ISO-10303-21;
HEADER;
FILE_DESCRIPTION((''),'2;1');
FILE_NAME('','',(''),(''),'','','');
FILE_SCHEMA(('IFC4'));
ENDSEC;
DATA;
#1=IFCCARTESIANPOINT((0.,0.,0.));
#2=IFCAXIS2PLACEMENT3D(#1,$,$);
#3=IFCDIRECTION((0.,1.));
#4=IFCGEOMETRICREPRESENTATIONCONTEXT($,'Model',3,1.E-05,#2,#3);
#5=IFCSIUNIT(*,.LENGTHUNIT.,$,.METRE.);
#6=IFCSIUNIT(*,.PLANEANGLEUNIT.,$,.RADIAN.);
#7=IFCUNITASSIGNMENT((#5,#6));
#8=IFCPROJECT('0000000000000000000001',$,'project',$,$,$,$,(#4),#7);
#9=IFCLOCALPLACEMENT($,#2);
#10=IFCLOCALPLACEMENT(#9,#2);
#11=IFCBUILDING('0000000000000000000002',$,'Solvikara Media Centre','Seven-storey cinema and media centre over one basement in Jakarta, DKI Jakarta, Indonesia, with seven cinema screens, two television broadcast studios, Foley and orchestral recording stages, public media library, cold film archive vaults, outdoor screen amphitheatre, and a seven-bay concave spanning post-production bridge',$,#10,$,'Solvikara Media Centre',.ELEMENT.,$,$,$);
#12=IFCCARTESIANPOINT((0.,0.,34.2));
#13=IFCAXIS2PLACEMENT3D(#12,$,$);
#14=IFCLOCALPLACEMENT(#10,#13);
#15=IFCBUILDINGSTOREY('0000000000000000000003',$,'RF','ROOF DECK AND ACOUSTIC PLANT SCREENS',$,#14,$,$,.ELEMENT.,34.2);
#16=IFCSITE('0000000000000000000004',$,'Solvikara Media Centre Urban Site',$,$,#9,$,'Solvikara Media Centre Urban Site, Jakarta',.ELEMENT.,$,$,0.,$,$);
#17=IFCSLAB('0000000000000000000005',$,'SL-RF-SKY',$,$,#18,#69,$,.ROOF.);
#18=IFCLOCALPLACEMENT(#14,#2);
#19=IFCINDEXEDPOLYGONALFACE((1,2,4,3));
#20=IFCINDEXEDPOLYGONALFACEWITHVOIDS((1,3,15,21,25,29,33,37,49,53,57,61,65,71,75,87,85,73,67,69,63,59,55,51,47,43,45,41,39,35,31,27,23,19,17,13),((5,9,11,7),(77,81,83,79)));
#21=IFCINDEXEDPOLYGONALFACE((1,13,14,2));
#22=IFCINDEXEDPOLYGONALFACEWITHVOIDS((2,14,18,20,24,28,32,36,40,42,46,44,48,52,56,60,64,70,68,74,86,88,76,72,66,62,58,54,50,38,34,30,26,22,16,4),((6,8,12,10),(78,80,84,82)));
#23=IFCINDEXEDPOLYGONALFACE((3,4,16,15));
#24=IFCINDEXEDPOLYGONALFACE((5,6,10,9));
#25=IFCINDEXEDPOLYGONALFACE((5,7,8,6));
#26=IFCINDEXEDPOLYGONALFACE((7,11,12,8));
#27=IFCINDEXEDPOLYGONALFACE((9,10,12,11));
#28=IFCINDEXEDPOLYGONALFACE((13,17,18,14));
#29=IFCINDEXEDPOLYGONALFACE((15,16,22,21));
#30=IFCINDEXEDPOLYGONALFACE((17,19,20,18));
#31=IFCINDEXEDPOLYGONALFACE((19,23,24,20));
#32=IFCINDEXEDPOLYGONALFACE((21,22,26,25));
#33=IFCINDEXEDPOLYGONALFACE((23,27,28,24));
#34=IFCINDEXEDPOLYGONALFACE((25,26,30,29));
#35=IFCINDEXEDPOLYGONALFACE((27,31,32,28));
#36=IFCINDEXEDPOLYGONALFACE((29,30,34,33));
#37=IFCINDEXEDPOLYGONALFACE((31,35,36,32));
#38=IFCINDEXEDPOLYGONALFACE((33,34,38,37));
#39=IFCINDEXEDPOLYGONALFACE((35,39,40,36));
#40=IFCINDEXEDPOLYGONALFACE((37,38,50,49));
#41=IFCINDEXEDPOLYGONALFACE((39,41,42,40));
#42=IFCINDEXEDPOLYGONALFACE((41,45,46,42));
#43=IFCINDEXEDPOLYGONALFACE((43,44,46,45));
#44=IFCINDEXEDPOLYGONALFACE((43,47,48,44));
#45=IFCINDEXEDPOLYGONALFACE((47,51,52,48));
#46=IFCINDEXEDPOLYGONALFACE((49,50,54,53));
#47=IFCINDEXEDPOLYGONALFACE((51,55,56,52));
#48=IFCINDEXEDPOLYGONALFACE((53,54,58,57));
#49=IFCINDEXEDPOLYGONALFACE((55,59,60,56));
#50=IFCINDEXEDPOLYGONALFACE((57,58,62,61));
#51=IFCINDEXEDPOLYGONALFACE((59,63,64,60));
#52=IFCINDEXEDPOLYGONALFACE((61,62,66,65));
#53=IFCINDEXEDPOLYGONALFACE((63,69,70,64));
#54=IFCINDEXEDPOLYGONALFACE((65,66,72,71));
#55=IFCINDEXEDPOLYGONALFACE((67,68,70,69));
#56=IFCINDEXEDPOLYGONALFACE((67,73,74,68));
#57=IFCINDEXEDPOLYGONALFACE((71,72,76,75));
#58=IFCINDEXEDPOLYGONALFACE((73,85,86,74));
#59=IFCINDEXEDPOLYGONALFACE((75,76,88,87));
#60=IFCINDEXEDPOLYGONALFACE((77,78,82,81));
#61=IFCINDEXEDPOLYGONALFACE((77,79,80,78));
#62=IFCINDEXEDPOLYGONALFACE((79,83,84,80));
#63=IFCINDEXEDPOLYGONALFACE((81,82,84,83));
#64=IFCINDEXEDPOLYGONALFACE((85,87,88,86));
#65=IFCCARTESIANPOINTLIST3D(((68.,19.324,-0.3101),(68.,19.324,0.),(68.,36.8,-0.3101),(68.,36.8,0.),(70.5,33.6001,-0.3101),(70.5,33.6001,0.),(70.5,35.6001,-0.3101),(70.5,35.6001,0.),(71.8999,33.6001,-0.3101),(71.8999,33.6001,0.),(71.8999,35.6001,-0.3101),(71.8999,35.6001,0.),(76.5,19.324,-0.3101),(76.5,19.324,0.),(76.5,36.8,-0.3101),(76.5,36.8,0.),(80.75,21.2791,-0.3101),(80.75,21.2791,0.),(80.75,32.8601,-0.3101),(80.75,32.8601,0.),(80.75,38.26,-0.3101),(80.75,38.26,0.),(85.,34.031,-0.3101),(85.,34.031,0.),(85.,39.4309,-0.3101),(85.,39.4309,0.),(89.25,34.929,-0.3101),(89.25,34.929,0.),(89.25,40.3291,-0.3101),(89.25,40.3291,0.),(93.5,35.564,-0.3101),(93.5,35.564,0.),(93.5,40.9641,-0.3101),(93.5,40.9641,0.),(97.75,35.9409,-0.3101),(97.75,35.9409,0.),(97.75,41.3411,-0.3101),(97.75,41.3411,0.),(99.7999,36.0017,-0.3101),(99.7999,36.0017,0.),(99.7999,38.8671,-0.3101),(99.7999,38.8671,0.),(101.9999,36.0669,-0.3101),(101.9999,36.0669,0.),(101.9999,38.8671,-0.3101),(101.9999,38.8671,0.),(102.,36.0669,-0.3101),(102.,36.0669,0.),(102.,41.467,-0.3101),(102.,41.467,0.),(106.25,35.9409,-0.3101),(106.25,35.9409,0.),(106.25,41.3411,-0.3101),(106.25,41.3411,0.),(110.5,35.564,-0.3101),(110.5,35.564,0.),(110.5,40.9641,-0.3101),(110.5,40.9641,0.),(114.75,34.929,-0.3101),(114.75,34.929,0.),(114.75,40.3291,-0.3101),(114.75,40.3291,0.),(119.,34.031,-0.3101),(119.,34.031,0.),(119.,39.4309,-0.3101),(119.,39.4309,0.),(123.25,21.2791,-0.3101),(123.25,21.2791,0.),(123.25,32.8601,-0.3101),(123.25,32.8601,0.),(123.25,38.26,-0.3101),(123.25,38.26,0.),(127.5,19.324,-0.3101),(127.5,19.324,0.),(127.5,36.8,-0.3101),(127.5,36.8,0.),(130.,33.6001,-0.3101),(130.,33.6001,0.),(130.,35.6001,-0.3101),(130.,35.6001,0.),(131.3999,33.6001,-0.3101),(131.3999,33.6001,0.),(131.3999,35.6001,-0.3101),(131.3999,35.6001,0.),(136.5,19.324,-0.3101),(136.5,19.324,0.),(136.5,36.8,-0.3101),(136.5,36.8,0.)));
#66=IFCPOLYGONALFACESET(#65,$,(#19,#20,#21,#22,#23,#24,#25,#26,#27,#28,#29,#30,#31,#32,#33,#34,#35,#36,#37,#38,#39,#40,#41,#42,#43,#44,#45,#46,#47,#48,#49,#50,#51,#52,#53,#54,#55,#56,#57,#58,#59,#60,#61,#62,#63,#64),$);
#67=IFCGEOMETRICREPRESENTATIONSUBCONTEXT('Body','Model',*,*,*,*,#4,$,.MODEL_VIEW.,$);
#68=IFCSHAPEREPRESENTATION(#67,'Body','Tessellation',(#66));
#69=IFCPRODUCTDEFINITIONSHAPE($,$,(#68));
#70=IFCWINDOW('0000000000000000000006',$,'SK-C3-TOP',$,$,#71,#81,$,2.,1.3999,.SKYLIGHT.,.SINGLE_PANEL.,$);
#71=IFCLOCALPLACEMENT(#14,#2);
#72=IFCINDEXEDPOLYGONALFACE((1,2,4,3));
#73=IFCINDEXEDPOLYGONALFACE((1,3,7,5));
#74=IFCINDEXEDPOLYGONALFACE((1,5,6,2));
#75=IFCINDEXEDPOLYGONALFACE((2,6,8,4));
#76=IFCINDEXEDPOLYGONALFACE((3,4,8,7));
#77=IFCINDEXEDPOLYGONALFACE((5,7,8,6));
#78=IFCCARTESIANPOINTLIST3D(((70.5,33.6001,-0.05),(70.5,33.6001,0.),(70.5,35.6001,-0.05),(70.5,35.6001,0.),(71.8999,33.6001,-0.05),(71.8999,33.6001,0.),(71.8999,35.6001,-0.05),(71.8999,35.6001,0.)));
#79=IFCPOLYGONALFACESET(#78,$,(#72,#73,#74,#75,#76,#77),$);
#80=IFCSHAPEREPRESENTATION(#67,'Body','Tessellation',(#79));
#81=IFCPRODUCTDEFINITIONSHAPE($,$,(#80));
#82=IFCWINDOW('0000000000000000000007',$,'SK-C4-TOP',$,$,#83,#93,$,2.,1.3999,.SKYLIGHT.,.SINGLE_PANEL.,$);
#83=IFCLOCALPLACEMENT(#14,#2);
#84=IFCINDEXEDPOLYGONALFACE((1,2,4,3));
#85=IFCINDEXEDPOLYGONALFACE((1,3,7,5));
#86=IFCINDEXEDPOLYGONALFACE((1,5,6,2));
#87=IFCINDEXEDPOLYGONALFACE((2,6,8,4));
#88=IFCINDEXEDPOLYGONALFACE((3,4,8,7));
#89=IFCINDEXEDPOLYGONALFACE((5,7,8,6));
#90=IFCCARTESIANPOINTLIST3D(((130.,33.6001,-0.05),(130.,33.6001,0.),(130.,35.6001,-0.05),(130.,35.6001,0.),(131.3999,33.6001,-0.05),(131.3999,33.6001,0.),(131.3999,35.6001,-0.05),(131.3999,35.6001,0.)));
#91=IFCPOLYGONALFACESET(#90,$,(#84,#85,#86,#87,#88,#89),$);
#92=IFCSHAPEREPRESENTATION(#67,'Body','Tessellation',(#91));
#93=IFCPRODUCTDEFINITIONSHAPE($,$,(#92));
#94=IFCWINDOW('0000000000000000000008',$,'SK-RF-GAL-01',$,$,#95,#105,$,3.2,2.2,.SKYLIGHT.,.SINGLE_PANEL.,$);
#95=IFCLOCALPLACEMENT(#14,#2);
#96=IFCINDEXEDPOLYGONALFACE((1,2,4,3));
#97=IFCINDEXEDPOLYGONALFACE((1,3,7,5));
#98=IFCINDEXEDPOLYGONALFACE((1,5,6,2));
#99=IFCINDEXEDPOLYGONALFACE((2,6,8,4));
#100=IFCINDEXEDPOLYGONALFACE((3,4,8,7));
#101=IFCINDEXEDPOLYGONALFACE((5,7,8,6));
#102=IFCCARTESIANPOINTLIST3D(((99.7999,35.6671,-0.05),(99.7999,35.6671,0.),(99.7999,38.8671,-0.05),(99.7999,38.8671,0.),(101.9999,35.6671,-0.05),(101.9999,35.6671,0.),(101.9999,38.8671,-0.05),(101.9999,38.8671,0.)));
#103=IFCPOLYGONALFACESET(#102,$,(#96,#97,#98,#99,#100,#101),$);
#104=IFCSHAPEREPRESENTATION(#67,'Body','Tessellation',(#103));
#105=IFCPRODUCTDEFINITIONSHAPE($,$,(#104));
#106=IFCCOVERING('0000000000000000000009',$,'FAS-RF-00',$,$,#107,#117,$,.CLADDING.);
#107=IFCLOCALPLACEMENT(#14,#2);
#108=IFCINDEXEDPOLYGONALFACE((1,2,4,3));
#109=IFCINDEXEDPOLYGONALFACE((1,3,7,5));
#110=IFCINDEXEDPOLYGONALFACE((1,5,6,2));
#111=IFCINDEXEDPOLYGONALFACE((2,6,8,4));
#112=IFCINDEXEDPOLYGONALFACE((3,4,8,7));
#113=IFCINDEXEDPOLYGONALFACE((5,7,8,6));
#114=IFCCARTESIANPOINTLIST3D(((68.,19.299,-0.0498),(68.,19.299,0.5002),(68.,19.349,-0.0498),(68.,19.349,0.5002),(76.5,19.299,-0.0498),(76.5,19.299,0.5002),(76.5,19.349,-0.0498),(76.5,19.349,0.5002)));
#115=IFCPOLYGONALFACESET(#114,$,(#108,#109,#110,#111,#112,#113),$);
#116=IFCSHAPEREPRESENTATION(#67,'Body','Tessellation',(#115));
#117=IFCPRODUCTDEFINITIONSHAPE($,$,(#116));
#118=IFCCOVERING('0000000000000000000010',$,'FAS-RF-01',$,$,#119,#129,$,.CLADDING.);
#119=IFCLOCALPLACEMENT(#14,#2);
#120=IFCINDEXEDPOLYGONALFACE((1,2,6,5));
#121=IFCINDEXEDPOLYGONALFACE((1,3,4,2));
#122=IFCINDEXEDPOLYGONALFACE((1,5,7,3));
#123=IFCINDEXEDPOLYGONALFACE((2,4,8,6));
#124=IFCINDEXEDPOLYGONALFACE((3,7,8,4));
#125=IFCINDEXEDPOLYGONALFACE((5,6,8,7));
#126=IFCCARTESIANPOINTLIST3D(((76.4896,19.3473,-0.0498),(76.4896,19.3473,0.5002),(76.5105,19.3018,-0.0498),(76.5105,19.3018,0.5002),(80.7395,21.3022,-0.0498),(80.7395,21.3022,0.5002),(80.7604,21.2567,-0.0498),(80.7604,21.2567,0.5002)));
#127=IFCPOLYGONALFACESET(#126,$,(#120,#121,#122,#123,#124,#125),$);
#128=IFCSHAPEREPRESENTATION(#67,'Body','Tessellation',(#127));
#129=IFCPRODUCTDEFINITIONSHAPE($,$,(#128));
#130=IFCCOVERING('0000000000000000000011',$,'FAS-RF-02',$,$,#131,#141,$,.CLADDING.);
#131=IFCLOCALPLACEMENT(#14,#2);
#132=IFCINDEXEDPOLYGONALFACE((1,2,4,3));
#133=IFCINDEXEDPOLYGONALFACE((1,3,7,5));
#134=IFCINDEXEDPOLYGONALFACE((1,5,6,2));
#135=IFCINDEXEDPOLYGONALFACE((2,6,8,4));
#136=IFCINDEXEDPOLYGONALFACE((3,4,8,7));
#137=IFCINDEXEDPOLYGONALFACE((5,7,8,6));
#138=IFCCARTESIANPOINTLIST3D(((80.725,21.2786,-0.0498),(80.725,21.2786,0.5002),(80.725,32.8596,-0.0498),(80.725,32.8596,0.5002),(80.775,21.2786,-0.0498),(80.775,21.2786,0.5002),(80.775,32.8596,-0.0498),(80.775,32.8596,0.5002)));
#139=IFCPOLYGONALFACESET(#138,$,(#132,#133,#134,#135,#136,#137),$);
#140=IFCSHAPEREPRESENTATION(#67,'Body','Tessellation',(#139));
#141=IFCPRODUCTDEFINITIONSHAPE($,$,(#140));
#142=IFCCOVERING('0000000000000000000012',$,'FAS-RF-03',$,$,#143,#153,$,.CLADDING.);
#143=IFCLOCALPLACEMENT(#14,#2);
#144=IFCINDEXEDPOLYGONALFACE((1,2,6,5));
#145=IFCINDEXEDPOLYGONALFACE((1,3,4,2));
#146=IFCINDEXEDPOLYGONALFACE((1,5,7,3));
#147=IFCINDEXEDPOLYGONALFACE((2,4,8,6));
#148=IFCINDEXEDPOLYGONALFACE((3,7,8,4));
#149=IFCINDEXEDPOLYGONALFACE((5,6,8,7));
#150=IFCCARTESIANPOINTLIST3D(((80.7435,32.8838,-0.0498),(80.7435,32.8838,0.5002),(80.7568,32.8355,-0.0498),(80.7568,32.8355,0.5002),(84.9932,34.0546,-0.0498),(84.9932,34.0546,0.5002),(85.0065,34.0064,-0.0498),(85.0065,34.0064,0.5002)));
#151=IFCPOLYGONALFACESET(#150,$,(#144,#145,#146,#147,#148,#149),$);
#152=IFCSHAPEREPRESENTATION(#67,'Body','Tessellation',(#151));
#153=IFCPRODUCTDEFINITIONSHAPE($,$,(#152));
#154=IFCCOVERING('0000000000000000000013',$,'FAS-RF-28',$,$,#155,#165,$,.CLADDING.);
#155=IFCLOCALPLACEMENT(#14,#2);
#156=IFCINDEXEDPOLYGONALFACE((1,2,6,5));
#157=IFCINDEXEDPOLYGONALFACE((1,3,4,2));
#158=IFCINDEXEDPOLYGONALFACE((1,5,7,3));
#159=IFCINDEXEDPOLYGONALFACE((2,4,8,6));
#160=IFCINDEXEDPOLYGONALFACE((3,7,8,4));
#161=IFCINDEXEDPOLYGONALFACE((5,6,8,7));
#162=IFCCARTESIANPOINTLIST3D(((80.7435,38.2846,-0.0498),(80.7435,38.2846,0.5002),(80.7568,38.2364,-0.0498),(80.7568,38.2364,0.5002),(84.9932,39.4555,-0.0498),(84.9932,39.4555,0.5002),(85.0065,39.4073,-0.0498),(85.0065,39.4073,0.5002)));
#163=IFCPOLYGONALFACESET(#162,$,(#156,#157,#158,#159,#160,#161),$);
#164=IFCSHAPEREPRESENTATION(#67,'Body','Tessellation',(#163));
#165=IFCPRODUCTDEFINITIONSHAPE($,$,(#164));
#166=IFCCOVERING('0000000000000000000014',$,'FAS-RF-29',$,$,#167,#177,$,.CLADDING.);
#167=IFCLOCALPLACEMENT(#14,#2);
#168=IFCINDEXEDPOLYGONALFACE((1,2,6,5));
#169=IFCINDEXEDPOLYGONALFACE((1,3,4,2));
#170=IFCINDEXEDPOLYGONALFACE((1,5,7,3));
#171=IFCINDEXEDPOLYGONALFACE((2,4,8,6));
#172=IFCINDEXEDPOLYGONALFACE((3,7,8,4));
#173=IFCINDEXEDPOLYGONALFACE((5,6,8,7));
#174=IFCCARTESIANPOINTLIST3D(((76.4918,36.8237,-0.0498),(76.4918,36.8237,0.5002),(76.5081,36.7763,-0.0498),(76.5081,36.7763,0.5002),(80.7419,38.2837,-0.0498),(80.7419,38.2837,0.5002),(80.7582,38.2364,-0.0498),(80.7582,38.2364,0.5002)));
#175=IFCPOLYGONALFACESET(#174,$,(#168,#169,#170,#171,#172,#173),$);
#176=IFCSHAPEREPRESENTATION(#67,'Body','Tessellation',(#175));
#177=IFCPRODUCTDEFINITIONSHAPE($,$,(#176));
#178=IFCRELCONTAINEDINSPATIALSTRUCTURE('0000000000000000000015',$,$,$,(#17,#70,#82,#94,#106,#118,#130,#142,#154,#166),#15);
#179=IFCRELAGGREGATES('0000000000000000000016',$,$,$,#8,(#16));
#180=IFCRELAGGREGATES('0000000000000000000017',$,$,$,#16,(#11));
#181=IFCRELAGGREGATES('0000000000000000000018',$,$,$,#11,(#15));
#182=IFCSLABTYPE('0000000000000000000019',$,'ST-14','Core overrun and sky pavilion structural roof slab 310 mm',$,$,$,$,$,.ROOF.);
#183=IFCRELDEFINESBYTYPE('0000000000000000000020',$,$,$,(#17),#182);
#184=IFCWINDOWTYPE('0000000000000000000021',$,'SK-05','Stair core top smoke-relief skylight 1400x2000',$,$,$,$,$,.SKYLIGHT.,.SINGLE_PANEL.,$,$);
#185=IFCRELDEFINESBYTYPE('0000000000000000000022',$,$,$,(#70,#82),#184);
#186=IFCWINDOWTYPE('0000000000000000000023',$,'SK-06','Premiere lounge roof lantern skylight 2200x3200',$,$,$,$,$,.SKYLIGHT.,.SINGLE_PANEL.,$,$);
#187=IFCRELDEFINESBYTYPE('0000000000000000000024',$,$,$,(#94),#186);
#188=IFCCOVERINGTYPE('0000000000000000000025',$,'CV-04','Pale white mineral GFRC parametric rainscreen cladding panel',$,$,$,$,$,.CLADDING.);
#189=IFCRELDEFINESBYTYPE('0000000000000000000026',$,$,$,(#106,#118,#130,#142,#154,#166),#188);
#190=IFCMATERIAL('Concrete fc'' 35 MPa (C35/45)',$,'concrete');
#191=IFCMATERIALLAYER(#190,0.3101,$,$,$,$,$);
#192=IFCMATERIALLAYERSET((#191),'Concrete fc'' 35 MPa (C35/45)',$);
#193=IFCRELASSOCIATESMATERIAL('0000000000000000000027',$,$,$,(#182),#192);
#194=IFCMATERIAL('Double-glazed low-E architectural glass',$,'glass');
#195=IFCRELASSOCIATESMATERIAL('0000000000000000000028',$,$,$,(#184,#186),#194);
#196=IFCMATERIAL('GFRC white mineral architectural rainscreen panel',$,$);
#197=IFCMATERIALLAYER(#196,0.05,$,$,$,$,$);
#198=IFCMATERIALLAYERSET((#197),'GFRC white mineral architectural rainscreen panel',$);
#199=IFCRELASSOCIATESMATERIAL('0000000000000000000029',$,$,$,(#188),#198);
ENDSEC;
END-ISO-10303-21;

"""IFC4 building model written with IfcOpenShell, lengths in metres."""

from ifc_helpers import new_model, si_unit, direction, frame, origin, origin_2d, place, context, subcontext, project, spatial, polyline, rectangle, outline, extrude, material, layer, layer_set, type_object, element, fill, save


model = new_model("IFC4")

# Units and contexts
model_context = context("Model", 3, precision=1e-05, world=origin(), true_north=direction((0.0, 1.0)))
body_context = subcontext(model_context, "Body", "Model", "MODEL_VIEW")
ifc_project = project(units=[si_unit("LENGTHUNIT", "METRE"), si_unit("PLANEANGLEUNIT", "RADIAN")], contexts=[model_context])

# Site, building, storey
site_placement = place(None, origin())
site = spatial("IfcSite", under=ifc_project, at=site_placement, Name="Solvikara Media Centre Urban Site", LongName="Solvikara Media Centre Urban Site, Jakarta", CompositionType="ELEMENT", RefElevation=0.0)
building_placement = place(site_placement, origin())
building = spatial("IfcBuilding", under=site, at=building_placement, Name="Solvikara Media Centre", Description="Seven-storey cinema and media centre over one basement in Jakarta, DKI Jakarta, Indonesia, with seven cinema screens, two television broadcast studios, Foley and orchestral recording stages, public media library, cold film archive vaults, outdoor screen amphitheatre, and a seven-bay concave spanning post-production bridge", LongName="Solvikara Media Centre", CompositionType="ELEMENT")
storey_placement = place(building_placement, frame((0.0, 0.0, 34.2)))
storey = spatial("IfcBuildingStorey", under=building, at=storey_placement, Name="RF", Description="ROOF DECK AND ACOUSTIC PLANT SCREENS", CompositionType="ELEMENT", Elevation=34.2)

# Shared definitions
ifc_material_1 = material(Name="Concrete fc' 35 MPa (C35/45)", Category="concrete")

# Slab, openings, windows
ifc_layer_1 = layer(ifc_material_1, 0.3101)
ifc_layer_set_1 = layer_set([ifc_layer_1], Name="Concrete fc' 35 MPa (C35/45)")
slab_type = type_object("IfcSlabType", Name="ST-14", Description="Core overrun and sky pavilion structural roof slab 310 mm", PredefinedType="ROOF", material=ifc_layer_set_1)
slab_placement = place(storey_placement, frame((0.0, 0.0, -0.3101)))
slab = element("IfcSlab", 1, at=slab_placement, inside=storey, type_object=slab_type, Name="SL-RF-SKY", PredefinedType="ROOF", context=body_context, shape_type="SweptSolid", body=[
    extrude(outline(polyline([(68.0, 19.324), (76.5, 19.324), (80.75, 21.2791), (80.75, 32.8601), (85.0, 34.031), (89.25, 34.929), (93.5, 35.564), (97.75, 35.9409), (102.0, 36.0669), (106.25, 35.9409), (110.5, 35.564), (114.75, 34.929), (119.0, 34.031), (123.25, 32.8601), (123.25, 21.2791), (127.5, 19.324), (136.5, 19.324), (136.5, 36.8), (127.5, 36.8), (123.25, 38.26), (119.0, 39.4309), (114.75, 40.3291), (110.5, 40.9641), (106.25, 41.3411), (102.0, 41.467), (97.75, 41.3411), (93.5, 40.9641), (89.25, 40.3291), (85.0, 39.4309), (80.75, 38.26), (76.5, 36.8), (68.0, 36.8), (68.0, 19.324)])), origin(), (0.0, 0.0, 1.0), 0.3101),
])
opening_1_placement = place(slab_placement, frame((71.2, 34.6001, -0.012)))
opening_1 = element("IfcOpeningElement", 2, at=opening_1_placement, cuts=slab, PredefinedType="OPENING", context=body_context, shape_type="SweptSolid", body=[
    extrude(rectangle(XDim=1.3999, YDim=2.0, at=origin_2d()), origin(), (0.0, 0.0, 1.0), 0.334),
])
opening_2_placement = place(slab_placement, frame((130.7, 34.6001, -0.012)))
opening_2 = element("IfcOpeningElement", 3, at=opening_2_placement, cuts=slab, PredefinedType="OPENING", context=body_context, shape_type="SweptSolid", body=[
    extrude(rectangle(XDim=1.3999, YDim=2.0, at=origin_2d()), origin(), (0.0, 0.0, 1.0), 0.334),
])
opening_3_placement = place(slab_placement, frame((100.8999, 37.2671, -0.012)))
opening_3 = element("IfcOpeningElement", 4, at=opening_3_placement, cuts=slab, PredefinedType="OPENING", context=body_context, shape_type="SweptSolid", body=[
    extrude(rectangle(XDim=2.2, YDim=3.2, at=origin_2d()), origin(), (0.0, 0.0, 1.0), 0.334),
])
ifc_material_2 = material(Name="Double-glazed low-E architectural glass", Category="glass")
window_type_1 = type_object("IfcWindowType", Name="SK-05", Description="Stair core top smoke-relief skylight 1400x2000", PartitioningType="SINGLE_PANEL", PredefinedType="SKYLIGHT", material=ifc_material_2)
window_1_placement = place(opening_1_placement, frame((0.0, 0.0, 0.272)))
window_1 = element("IfcWindow", 5, at=window_1_placement, inside=storey, type_object=window_type_1, Name="SK-C3-TOP", OverallHeight=2.0, OverallWidth=1.3999, PartitioningType="SINGLE_PANEL", PredefinedType="SKYLIGHT", context=body_context, shape_type="SweptSolid", body=[
    extrude(rectangle(XDim=1.3999, YDim=2.0, at=origin_2d()), origin(), (0.0, 0.0, 1.0), 0.05),
])
fill(opening_1, window_1)
window_2_placement = place(opening_2_placement, frame((0.0, 0.0, 0.272)))
window_2 = element("IfcWindow", 6, at=window_2_placement, inside=storey, type_object=window_type_1, Name="SK-C4-TOP", OverallHeight=2.0, OverallWidth=1.3999, PartitioningType="SINGLE_PANEL", PredefinedType="SKYLIGHT", context=body_context, shape_type="SweptSolid", body=[
    extrude(rectangle(XDim=1.3999, YDim=2.0, at=origin_2d()), origin(), (0.0, 0.0, 1.0), 0.05),
])
fill(opening_2, window_2)
window_type_2 = type_object("IfcWindowType", Name="SK-06", Description="Premiere lounge roof lantern skylight 2200x3200", PartitioningType="SINGLE_PANEL", PredefinedType="SKYLIGHT", material=ifc_material_2)
window_3_placement = place(opening_3_placement, frame((0.0, 0.0, 0.272)))
window_3 = element("IfcWindow", 7, at=window_3_placement, inside=storey, type_object=window_type_2, Name="SK-RF-GAL-01", OverallHeight=3.2, OverallWidth=2.2, PartitioningType="SINGLE_PANEL", PredefinedType="SKYLIGHT", context=body_context, shape_type="SweptSolid", body=[
    extrude(rectangle(XDim=2.2, YDim=3.2, at=origin_2d()), origin(), (0.0, 0.0, 1.0), 0.05),
])
fill(opening_3, window_3)

# Coverings
ifc_material_3 = material(Name="GFRC white mineral architectural rainscreen panel")
ifc_layer_2 = layer(ifc_material_3, 0.05)
ifc_layer_set_2 = layer_set([ifc_layer_2], Name="GFRC white mineral architectural rainscreen panel")
covering_type = type_object("IfcCoveringType", Name="CV-04", Description="Pale white mineral GFRC parametric rainscreen cladding panel", PredefinedType="CLADDING", material=ifc_layer_set_2)
covering_1_placement = place(storey_placement, frame((72.25, 19.324, -0.0498), z_axis=(0.0, 0.0, 1.0), x_axis=(1.0, 0.0, 0.0)))
element("IfcCovering", 8, at=covering_1_placement, inside=storey, type_object=covering_type, Name="FAS-RF-00", PredefinedType="CLADDING", context=body_context, shape_type="SweptSolid", body=[
    extrude(rectangle(XDim=8.5, YDim=0.05, at=origin_2d()), origin(), (0.0, 0.0, 1.0), 0.55),
])
covering_2_placement = place(storey_placement, frame((78.625, 20.302, -0.0498), z_axis=(0.0, 0.0, 1.0), x_axis=(0.908494, 0.417899, 0.0)))
element("IfcCovering", 9, at=covering_2_placement, inside=storey, type_object=covering_type, Name="FAS-RF-01", PredefinedType="CLADDING", context=body_context, shape_type="SweptSolid", body=[
    extrude(rectangle(XDim=4.678, YDim=0.05, at=origin_2d()), origin(), (0.0, 0.0, 1.0), 0.55),
])
covering_3_placement = place(storey_placement, frame((80.75, 27.0691, -0.0498), z_axis=(0.0, 0.0, 1.0), x_axis=(0.0, 1.0, 0.0)))
element("IfcCovering", 10, at=covering_3_placement, inside=storey, type_object=covering_type, Name="FAS-RF-02", PredefinedType="CLADDING", context=body_context, shape_type="SweptSolid", body=[
    extrude(rectangle(XDim=11.5811, YDim=0.05, at=origin_2d()), origin(), (0.0, 0.0, 1.0), 0.55),
])
for number, where, z_axis, x_axis, name in (
    (11, (82.875, 33.4451, -0.0498), (0.0, 0.0, 1.0), (0.964077, 0.265623, 0.0), "FAS-RF-03"),
    (12, (82.875, 38.8459, -0.0498), (0.0, 0.0, 1.0), (-0.964077, -0.265623, 0.0), "FAS-RF-28"),
):
    element("IfcCovering", number, at=place(storey_placement, frame(where, z_axis=z_axis, x_axis=x_axis)), inside=storey, type_object=covering_type, Name=name, PredefinedType="CLADDING", context=body_context, shape_type="SweptSolid", body=[
        extrude(rectangle(XDim=4.408, YDim=0.05, at=origin_2d()), origin(), (0.0, 0.0, 1.0), 0.55),
    ])
covering_4_placement = place(storey_placement, frame((78.625, 37.53, -0.0498), z_axis=(0.0, 0.0, 1.0), x_axis=(-0.945751, -0.324891, 0.0)))
element("IfcCovering", 13, at=covering_4_placement, inside=storey, type_object=covering_type, Name="FAS-RF-29", PredefinedType="CLADDING", context=body_context, shape_type="SweptSolid", body=[
    extrude(rectangle(XDim=4.4939, YDim=0.05, at=origin_2d()), origin(), (0.0, 0.0, 1.0), 0.55),
])

save(model, "model.ifc")
